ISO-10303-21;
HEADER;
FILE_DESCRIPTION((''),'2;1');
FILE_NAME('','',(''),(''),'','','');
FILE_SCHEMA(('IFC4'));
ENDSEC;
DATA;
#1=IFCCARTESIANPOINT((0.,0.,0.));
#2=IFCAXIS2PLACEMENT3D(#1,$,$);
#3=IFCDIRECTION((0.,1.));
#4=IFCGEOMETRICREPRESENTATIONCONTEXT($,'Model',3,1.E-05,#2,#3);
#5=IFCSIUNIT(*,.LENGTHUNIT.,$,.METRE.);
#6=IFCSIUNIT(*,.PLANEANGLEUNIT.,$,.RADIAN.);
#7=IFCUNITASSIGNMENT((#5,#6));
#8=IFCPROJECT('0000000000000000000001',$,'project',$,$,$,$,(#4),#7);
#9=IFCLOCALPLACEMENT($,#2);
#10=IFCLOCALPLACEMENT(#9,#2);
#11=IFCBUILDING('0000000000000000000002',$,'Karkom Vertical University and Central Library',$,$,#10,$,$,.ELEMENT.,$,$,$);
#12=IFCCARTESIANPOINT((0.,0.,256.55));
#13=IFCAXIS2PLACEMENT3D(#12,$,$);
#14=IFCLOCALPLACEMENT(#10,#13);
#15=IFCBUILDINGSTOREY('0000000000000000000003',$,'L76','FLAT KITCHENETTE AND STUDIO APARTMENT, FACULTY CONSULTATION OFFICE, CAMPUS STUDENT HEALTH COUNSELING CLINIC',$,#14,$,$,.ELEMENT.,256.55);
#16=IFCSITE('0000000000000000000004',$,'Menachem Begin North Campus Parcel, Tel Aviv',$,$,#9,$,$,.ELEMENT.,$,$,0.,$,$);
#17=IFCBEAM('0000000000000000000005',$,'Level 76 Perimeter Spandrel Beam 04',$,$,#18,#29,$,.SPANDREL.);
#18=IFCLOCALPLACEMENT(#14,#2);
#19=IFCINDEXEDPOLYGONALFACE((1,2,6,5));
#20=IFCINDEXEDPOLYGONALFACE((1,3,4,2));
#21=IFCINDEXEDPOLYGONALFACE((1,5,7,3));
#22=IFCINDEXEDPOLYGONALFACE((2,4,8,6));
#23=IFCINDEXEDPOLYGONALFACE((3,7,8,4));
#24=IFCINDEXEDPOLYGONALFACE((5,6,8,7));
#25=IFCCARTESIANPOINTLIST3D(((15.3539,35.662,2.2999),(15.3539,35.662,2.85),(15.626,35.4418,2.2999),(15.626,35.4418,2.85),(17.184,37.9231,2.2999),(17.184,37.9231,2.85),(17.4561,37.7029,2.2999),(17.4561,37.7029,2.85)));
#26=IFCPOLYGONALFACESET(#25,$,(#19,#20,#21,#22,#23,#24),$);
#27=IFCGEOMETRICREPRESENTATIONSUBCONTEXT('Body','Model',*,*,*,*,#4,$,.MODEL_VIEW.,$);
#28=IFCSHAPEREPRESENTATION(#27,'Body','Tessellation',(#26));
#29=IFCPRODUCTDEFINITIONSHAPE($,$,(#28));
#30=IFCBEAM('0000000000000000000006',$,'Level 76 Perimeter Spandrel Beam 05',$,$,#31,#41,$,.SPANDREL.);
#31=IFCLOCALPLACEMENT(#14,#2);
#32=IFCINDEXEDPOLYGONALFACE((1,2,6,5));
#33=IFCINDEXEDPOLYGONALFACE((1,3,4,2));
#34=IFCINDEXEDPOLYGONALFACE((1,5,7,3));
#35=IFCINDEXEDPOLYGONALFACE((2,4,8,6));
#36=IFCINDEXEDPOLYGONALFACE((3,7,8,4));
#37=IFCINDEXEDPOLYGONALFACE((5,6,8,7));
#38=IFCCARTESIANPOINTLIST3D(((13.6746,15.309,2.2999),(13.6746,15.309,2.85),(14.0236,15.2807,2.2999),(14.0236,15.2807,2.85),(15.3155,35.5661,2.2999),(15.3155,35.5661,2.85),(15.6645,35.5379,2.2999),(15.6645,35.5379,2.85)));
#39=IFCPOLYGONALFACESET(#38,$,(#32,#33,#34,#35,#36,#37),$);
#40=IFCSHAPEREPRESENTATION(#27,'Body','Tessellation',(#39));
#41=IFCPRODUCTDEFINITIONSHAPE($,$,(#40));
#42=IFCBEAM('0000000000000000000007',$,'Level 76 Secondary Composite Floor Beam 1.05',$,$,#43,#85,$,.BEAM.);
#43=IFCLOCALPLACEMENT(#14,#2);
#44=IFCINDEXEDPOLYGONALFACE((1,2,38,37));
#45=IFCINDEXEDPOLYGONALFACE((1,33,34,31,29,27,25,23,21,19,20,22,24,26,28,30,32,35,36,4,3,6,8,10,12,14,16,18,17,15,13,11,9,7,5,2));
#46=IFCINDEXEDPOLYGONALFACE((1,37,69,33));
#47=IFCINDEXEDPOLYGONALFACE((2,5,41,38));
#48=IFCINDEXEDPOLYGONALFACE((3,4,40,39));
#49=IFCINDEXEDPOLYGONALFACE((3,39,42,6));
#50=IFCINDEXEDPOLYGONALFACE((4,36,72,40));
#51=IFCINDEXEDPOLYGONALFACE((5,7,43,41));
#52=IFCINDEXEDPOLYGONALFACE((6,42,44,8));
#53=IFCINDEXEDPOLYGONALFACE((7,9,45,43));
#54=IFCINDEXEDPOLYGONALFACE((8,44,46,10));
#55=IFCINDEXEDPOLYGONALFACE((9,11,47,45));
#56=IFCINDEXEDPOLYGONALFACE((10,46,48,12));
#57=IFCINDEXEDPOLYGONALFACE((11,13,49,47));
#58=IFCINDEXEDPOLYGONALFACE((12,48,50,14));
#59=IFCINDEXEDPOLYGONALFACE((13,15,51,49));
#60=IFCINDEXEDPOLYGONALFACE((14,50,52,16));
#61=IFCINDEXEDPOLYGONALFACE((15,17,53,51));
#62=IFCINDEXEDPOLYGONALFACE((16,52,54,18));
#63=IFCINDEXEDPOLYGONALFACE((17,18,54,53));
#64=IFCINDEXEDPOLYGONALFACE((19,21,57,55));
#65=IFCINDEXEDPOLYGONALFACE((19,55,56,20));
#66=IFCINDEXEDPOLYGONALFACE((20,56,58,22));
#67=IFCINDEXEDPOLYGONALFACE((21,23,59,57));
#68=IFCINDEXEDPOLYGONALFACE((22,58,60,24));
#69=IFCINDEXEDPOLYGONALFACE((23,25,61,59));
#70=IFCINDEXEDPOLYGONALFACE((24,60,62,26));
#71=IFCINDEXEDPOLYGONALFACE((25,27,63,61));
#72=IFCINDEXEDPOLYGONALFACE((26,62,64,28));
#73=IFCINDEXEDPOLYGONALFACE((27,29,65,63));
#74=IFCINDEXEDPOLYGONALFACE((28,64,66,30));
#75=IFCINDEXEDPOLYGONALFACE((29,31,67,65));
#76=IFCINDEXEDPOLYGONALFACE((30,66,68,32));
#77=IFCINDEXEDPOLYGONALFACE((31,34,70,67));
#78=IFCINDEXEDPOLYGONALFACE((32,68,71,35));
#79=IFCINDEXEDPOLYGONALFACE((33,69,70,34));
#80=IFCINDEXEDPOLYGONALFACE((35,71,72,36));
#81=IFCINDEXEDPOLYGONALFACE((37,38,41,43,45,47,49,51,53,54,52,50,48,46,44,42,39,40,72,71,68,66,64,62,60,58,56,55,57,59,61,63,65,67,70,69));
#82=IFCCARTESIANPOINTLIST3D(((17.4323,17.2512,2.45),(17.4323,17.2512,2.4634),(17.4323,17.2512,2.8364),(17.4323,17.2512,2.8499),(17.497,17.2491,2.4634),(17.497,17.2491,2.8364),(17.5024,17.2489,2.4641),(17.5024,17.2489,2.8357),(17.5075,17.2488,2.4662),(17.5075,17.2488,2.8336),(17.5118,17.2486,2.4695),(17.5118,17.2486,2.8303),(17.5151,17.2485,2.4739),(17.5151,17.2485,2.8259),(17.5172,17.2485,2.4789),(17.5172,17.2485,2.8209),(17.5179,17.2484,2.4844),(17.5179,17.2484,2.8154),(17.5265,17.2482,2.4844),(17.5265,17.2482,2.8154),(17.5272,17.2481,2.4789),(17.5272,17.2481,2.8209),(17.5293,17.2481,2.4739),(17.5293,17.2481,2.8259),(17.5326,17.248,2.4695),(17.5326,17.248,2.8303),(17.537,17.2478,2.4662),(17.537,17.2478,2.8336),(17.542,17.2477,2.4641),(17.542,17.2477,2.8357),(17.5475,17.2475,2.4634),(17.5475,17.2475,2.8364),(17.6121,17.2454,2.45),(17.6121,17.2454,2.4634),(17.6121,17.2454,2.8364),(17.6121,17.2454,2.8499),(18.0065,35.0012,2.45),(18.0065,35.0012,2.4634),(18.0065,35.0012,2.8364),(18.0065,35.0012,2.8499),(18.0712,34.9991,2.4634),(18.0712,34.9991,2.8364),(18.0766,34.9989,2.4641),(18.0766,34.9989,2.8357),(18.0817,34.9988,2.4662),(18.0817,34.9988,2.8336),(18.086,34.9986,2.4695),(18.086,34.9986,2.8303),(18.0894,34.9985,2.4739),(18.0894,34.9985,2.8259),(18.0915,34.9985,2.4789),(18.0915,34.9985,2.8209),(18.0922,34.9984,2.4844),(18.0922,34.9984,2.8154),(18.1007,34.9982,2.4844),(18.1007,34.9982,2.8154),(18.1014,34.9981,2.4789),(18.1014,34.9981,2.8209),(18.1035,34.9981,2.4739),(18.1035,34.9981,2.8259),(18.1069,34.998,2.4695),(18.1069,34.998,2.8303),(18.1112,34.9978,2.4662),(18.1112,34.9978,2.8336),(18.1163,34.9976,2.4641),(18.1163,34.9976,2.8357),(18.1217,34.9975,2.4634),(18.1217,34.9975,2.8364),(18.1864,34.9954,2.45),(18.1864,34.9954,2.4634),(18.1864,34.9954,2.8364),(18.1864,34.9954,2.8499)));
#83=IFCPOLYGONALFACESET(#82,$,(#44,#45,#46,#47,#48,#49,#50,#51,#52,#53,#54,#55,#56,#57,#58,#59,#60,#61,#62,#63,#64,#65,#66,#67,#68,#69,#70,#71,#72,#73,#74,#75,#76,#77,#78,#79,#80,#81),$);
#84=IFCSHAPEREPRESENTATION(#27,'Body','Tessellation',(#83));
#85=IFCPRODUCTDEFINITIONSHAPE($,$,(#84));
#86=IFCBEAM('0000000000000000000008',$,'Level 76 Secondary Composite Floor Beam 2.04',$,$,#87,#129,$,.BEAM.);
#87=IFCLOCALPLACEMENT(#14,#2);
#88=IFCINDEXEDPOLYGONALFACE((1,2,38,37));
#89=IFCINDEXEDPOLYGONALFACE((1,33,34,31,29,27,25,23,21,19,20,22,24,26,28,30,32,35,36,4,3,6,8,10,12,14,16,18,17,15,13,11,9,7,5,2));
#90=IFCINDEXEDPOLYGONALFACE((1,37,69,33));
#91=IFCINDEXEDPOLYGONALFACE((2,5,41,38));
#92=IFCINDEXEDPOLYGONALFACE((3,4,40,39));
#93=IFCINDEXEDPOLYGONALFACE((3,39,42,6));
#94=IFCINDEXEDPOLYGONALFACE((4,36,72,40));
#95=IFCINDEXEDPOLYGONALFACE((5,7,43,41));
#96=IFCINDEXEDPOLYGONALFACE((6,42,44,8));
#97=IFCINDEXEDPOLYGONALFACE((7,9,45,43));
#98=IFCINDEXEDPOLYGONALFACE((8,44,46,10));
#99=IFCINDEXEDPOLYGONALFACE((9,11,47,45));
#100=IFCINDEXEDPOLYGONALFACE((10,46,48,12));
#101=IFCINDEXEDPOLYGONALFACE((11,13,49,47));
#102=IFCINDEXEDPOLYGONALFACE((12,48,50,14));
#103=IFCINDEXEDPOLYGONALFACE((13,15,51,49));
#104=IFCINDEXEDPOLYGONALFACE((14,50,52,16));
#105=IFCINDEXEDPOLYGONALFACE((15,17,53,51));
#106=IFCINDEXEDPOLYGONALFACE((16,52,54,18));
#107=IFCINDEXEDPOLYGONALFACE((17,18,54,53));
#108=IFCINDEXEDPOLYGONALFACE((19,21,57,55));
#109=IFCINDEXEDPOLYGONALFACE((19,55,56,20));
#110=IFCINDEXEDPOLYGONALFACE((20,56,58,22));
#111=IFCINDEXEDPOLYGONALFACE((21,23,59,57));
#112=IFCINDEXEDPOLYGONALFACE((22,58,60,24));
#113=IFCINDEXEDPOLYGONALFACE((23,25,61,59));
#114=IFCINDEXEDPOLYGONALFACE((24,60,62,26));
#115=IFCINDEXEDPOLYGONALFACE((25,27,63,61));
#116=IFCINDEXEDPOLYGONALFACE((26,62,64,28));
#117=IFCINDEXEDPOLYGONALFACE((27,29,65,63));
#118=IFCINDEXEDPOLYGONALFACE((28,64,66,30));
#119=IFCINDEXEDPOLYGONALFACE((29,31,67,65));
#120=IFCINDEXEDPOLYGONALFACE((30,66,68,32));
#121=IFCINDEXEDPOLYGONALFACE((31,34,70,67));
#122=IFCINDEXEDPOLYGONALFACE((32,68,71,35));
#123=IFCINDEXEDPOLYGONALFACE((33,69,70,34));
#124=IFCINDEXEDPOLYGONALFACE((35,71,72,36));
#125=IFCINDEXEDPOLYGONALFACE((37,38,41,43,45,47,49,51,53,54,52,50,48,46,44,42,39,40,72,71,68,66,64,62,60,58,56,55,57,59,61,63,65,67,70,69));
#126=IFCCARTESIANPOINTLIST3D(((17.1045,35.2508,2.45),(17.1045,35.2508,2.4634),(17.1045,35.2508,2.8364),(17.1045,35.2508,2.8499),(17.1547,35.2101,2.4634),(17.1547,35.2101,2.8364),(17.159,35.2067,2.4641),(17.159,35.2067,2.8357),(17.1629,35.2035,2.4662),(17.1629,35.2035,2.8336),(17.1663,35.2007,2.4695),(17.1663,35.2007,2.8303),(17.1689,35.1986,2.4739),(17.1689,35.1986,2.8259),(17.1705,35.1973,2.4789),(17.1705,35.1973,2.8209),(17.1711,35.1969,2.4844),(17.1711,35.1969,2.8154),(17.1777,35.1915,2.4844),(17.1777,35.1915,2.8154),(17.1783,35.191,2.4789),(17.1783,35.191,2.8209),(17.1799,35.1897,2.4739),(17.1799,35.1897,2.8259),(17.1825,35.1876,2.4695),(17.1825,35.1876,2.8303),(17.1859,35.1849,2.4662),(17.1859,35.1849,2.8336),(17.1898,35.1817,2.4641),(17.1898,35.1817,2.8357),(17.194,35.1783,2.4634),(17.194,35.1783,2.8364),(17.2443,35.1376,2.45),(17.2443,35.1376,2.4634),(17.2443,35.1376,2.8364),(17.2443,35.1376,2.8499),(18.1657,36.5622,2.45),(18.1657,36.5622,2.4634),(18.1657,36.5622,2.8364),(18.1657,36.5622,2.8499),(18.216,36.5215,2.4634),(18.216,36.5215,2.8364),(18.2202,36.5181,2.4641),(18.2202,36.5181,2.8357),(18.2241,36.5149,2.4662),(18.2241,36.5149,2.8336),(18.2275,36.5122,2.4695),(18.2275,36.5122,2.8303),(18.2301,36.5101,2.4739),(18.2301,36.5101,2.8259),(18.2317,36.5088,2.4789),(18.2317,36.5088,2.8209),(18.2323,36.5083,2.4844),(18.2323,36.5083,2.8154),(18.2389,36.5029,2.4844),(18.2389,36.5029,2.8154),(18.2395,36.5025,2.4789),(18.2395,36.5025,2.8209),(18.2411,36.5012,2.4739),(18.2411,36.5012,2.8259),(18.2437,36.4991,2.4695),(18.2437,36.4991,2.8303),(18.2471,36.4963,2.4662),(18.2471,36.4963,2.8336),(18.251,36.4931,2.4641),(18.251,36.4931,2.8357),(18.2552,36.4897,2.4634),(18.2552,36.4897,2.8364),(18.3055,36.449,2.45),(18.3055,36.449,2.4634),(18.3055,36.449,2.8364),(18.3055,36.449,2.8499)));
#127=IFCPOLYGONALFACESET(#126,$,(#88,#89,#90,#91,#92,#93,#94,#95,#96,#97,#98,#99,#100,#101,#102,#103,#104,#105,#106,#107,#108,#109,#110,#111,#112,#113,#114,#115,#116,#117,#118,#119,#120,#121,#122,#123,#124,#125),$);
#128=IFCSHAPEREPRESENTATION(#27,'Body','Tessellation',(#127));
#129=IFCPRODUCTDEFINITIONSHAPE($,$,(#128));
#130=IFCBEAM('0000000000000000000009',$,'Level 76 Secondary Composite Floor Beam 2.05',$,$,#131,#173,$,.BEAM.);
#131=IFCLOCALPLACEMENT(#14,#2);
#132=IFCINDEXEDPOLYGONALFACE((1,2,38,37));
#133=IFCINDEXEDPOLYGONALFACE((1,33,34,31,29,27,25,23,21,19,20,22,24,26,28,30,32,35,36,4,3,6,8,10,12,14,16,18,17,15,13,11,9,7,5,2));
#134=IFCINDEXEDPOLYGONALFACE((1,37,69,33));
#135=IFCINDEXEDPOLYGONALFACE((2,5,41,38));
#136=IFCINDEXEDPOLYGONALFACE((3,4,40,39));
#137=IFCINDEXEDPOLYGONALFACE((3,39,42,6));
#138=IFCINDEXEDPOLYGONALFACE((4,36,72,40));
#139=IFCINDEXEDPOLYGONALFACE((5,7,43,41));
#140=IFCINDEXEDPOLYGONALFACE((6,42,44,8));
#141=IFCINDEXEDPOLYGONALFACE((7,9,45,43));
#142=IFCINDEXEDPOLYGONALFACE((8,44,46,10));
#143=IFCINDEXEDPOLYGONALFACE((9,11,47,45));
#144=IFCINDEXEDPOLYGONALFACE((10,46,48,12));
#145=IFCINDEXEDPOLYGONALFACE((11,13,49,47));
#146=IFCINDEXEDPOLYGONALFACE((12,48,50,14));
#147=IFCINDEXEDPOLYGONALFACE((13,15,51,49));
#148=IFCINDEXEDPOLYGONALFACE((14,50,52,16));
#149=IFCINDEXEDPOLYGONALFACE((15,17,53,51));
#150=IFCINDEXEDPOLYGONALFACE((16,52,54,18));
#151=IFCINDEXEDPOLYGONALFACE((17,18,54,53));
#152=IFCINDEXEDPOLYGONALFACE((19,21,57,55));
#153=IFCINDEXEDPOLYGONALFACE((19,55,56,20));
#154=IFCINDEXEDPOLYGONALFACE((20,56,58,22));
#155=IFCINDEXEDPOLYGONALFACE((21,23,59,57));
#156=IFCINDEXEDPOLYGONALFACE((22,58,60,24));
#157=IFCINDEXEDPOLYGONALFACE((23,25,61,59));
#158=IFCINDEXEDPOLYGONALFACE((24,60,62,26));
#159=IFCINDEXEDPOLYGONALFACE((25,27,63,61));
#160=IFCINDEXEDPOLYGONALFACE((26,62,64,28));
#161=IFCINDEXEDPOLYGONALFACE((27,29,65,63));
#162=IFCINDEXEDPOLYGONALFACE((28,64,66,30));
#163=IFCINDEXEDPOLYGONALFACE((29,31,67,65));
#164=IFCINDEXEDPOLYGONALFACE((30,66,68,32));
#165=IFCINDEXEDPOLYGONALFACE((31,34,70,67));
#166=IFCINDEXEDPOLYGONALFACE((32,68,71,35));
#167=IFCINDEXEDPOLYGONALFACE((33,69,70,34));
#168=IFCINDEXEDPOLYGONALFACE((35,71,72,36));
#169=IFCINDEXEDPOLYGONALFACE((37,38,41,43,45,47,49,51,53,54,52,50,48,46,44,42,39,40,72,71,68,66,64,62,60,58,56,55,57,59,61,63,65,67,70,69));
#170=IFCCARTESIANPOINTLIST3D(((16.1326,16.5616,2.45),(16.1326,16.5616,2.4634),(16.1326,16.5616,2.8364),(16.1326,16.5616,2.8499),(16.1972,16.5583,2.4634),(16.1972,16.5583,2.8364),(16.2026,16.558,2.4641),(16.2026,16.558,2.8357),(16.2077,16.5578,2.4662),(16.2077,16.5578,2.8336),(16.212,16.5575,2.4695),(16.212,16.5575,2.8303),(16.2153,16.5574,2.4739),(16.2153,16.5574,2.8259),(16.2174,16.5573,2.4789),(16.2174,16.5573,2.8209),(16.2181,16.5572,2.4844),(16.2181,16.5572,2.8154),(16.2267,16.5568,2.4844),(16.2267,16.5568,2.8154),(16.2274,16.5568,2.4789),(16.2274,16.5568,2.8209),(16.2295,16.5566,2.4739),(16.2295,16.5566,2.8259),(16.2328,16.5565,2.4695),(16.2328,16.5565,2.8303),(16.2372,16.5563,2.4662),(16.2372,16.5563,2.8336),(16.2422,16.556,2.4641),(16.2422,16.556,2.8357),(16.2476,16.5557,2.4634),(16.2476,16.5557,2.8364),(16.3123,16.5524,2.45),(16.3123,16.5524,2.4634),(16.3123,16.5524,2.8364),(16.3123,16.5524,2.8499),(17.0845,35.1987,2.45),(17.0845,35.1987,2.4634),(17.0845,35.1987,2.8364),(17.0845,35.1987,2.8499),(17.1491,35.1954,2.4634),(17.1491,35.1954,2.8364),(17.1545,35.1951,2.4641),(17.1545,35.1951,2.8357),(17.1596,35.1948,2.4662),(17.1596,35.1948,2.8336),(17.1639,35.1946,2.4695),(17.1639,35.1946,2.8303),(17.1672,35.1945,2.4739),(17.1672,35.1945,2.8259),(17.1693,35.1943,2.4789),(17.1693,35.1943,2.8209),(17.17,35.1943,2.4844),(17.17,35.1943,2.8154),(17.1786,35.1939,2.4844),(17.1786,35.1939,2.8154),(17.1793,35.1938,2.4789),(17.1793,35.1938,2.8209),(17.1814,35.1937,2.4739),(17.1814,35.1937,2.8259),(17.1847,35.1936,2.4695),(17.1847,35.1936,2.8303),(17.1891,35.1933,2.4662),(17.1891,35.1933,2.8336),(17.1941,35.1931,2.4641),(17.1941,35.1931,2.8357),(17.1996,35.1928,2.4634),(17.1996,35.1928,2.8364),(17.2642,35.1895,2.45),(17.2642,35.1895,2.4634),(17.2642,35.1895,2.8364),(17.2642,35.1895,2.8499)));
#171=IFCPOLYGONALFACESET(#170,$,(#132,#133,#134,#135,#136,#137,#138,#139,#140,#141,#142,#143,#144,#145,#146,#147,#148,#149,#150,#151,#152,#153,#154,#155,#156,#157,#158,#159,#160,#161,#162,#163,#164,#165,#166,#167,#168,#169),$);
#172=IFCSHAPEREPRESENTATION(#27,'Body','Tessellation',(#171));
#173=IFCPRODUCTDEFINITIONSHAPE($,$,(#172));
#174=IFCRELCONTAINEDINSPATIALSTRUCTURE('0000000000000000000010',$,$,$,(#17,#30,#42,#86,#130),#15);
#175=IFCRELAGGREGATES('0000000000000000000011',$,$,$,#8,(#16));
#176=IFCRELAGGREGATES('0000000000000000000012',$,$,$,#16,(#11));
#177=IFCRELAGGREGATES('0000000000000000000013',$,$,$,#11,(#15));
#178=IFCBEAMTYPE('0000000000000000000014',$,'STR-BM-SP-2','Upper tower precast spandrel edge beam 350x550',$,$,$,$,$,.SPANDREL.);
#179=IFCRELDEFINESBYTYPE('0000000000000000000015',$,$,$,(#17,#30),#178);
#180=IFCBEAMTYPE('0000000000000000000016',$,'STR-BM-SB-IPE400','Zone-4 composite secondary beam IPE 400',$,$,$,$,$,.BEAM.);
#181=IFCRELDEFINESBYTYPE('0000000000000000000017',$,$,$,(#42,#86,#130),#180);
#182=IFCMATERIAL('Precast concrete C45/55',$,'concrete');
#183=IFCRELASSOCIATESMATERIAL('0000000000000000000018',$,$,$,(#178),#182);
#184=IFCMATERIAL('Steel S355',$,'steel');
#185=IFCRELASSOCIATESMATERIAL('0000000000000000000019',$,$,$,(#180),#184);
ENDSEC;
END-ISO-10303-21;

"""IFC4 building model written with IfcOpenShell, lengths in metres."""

from ifc_helpers import new_model, si_unit, direction, frame, origin, origin_with_axes, origin_2d, place, context, subcontext, project, spatial, rectangle, i_section, extrude, source, transform, mapped, material, material_profile, profile_set, type_object, element, save


model = new_model("IFC4")

# Units and contexts
model_context = context("Model", 3, precision=1e-05, world=origin(), true_north=direction((0.0, 1.0)))
body_context = subcontext(model_context, "Body", "Model", "MODEL_VIEW")
ifc_project = project(units=[si_unit("LENGTHUNIT", "METRE"), si_unit("PLANEANGLEUNIT", "RADIAN")], contexts=[model_context])

# Site, building, storey
site_placement = place(None, origin())
site = spatial("IfcSite", under=ifc_project, at=site_placement, Name="Menachem Begin North Campus Parcel, Tel Aviv", CompositionType="ELEMENT", RefElevation=0.0)
building_placement = place(site_placement, origin())
building = spatial("IfcBuilding", under=site, at=building_placement, Name="Karkom Vertical University and Central Library", CompositionType="ELEMENT")
storey_placement = place(building_placement, frame((0.0, 0.0, 256.55)))
storey = spatial("IfcBuildingStorey", under=building, at=storey_placement, Name="L76", Description="FLAT KITCHENETTE AND STUDIO APARTMENT, FACULTY CONSULTATION OFFICE, CAMPUS STUDENT HEALTH COUNSELING CLINIC", CompositionType="ELEMENT", Elevation=256.55)

# Beams
ifc_material_1 = material(Name="Precast concrete C45/55", Category="concrete")
ifc_material_profile_1 = material_profile(ifc_material_1, rectangle(XDim=0.3501, YDim=0.55, at=origin_2d()), Name="SPB-350x550")
ifc_profile_set_1 = profile_set([ifc_material_profile_1], Name="Precast concrete C45/55")
beam_type_1 = type_object("IfcBeamType", Name="STR-BM-SP-2", Description="Upper tower precast spandrel edge beam 350x550", PredefinedType="SPANDREL", material=ifc_profile_set_1)
shared_shape_1 = source(origin_with_axes(), body_context, "Body", "SweptSolid", [
    extrude(rectangle(XDim=0.3501, YDim=0.55, at=origin_2d()), origin(), (0.0, 0.0, 1.0), 2.9089),
])
beam_1_placement = place(storey_placement, frame((17.3201, 37.813, 2.575), z_axis=(-0.629148, -0.777286, 0.0), x_axis=(0.777286, -0.629148, 0.0)))
element("IfcBeam", 1, at=beam_1_placement, inside=storey, type_object=beam_type_1, Name="Level 76 Perimeter Spandrel Beam 04", PredefinedType="SPANDREL", context=body_context, shape_type="MappedRepresentation", body=[
    mapped(shared_shape_1, transform((0.0, 0.0, 0.0), scale=1.0)),
])
shared_shape_2 = source(origin_with_axes(), body_context, "Body", "SweptSolid", [
    extrude(rectangle(XDim=0.3501, YDim=0.55, at=origin_2d()), origin(), (0.0, 0.0, 1.0), 20.3235),
])
beam_2_placement = place(storey_placement, frame((15.49, 35.552, 2.575), z_axis=(-0.080738, -0.996735, 0.0), x_axis=(0.996735, -0.080738, 0.0)))
element("IfcBeam", 2, at=beam_2_placement, inside=storey, type_object=beam_type_1, Name="Level 76 Perimeter Spandrel Beam 05", PredefinedType="SPANDREL", context=body_context, shape_type="MappedRepresentation", body=[
    mapped(shared_shape_2, transform((0.0, 0.0, 0.0), scale=1.0)),
])
ifc_material_2 = material(Name="Steel S355", Category="steel")
ifc_material_profile_2 = material_profile(ifc_material_2, i_section(OverallWidth=0.1799, OverallDepth=0.3999, WebThickness=0.0085, FlangeThickness=0.0134, FilletRadius=0.021, at=origin_2d()), Name="IPE 400")
ifc_profile_set_2 = profile_set([ifc_material_profile_2], Name="Steel S355")
beam_type_2 = type_object("IfcBeamType", Name="STR-BM-SB-IPE400", Description="Zone-4 composite secondary beam IPE 400", PredefinedType="BEAM", material=ifc_profile_set_2)
shared_shape_3 = source(origin_with_axes(), body_context, "Body", "SweptSolid", [
    extrude(i_section(OverallWidth=0.1799, OverallDepth=0.3999, WebThickness=0.0085, FlangeThickness=0.0134, FilletRadius=0.021, at=origin_2d()), origin(), (0.0, 0.0, 1.0), 17.7593),
])
beam_3_placement = place(storey_placement, frame((18.0964, 34.9983, 2.6499), z_axis=(-0.032333, -0.999477, 0.0), x_axis=(0.999477, -0.032333, 0.0)))
element("IfcBeam", 3, at=beam_3_placement, inside=storey, type_object=beam_type_2, Name="Level 76 Secondary Composite Floor Beam 1.05", PredefinedType="BEAM", context=body_context, shape_type="MappedRepresentation", body=[
    mapped(shared_shape_3, transform((0.0, 0.0, 0.0), scale=1.0)),
])
shared_shape_4 = source(origin_with_axes(), body_context, "Body", "SweptSolid", [
    extrude(i_section(OverallWidth=0.1799, OverallDepth=0.3999, WebThickness=0.0085, FlangeThickness=0.0134, FilletRadius=0.021, at=origin_2d()), origin(), (0.0, 0.0, 1.0), 1.687),
])
beam_4_placement = place(storey_placement, frame((18.2356, 36.5056, 2.6499), z_axis=(-0.629044, -0.77737, 0.0), x_axis=(0.77737, -0.629044, 0.0)))
element("IfcBeam", 4, at=beam_4_placement, inside=storey, type_object=beam_type_2, Name="Level 76 Secondary Composite Floor Beam 2.04", PredefinedType="BEAM", context=body_context, shape_type="MappedRepresentation", body=[
    mapped(shared_shape_4, transform((0.0, 0.0, 0.0), scale=1.0)),
])
shared_shape_5 = source(origin_with_axes(), body_context, "Body", "SweptSolid", [
    extrude(i_section(OverallWidth=0.1799, OverallDepth=0.3999, WebThickness=0.0085, FlangeThickness=0.0134, FilletRadius=0.021, at=origin_2d()), origin(), (0.0, 0.0, 1.0), 18.6614),
])
beam_5_placement = place(storey_placement, frame((17.1743, 35.1941, 2.6499), z_axis=(-0.05101, -0.998698, 0.0), x_axis=(0.998698, -0.05101, 0.0)))
element("IfcBeam", 5, at=beam_5_placement, inside=storey, type_object=beam_type_2, Name="Level 76 Secondary Composite Floor Beam 2.05", PredefinedType="BEAM", context=body_context, shape_type="MappedRepresentation", body=[
    mapped(shared_shape_5, transform((0.0, 0.0, 0.0), scale=1.0)),
])

save(model, "model.ifc")
